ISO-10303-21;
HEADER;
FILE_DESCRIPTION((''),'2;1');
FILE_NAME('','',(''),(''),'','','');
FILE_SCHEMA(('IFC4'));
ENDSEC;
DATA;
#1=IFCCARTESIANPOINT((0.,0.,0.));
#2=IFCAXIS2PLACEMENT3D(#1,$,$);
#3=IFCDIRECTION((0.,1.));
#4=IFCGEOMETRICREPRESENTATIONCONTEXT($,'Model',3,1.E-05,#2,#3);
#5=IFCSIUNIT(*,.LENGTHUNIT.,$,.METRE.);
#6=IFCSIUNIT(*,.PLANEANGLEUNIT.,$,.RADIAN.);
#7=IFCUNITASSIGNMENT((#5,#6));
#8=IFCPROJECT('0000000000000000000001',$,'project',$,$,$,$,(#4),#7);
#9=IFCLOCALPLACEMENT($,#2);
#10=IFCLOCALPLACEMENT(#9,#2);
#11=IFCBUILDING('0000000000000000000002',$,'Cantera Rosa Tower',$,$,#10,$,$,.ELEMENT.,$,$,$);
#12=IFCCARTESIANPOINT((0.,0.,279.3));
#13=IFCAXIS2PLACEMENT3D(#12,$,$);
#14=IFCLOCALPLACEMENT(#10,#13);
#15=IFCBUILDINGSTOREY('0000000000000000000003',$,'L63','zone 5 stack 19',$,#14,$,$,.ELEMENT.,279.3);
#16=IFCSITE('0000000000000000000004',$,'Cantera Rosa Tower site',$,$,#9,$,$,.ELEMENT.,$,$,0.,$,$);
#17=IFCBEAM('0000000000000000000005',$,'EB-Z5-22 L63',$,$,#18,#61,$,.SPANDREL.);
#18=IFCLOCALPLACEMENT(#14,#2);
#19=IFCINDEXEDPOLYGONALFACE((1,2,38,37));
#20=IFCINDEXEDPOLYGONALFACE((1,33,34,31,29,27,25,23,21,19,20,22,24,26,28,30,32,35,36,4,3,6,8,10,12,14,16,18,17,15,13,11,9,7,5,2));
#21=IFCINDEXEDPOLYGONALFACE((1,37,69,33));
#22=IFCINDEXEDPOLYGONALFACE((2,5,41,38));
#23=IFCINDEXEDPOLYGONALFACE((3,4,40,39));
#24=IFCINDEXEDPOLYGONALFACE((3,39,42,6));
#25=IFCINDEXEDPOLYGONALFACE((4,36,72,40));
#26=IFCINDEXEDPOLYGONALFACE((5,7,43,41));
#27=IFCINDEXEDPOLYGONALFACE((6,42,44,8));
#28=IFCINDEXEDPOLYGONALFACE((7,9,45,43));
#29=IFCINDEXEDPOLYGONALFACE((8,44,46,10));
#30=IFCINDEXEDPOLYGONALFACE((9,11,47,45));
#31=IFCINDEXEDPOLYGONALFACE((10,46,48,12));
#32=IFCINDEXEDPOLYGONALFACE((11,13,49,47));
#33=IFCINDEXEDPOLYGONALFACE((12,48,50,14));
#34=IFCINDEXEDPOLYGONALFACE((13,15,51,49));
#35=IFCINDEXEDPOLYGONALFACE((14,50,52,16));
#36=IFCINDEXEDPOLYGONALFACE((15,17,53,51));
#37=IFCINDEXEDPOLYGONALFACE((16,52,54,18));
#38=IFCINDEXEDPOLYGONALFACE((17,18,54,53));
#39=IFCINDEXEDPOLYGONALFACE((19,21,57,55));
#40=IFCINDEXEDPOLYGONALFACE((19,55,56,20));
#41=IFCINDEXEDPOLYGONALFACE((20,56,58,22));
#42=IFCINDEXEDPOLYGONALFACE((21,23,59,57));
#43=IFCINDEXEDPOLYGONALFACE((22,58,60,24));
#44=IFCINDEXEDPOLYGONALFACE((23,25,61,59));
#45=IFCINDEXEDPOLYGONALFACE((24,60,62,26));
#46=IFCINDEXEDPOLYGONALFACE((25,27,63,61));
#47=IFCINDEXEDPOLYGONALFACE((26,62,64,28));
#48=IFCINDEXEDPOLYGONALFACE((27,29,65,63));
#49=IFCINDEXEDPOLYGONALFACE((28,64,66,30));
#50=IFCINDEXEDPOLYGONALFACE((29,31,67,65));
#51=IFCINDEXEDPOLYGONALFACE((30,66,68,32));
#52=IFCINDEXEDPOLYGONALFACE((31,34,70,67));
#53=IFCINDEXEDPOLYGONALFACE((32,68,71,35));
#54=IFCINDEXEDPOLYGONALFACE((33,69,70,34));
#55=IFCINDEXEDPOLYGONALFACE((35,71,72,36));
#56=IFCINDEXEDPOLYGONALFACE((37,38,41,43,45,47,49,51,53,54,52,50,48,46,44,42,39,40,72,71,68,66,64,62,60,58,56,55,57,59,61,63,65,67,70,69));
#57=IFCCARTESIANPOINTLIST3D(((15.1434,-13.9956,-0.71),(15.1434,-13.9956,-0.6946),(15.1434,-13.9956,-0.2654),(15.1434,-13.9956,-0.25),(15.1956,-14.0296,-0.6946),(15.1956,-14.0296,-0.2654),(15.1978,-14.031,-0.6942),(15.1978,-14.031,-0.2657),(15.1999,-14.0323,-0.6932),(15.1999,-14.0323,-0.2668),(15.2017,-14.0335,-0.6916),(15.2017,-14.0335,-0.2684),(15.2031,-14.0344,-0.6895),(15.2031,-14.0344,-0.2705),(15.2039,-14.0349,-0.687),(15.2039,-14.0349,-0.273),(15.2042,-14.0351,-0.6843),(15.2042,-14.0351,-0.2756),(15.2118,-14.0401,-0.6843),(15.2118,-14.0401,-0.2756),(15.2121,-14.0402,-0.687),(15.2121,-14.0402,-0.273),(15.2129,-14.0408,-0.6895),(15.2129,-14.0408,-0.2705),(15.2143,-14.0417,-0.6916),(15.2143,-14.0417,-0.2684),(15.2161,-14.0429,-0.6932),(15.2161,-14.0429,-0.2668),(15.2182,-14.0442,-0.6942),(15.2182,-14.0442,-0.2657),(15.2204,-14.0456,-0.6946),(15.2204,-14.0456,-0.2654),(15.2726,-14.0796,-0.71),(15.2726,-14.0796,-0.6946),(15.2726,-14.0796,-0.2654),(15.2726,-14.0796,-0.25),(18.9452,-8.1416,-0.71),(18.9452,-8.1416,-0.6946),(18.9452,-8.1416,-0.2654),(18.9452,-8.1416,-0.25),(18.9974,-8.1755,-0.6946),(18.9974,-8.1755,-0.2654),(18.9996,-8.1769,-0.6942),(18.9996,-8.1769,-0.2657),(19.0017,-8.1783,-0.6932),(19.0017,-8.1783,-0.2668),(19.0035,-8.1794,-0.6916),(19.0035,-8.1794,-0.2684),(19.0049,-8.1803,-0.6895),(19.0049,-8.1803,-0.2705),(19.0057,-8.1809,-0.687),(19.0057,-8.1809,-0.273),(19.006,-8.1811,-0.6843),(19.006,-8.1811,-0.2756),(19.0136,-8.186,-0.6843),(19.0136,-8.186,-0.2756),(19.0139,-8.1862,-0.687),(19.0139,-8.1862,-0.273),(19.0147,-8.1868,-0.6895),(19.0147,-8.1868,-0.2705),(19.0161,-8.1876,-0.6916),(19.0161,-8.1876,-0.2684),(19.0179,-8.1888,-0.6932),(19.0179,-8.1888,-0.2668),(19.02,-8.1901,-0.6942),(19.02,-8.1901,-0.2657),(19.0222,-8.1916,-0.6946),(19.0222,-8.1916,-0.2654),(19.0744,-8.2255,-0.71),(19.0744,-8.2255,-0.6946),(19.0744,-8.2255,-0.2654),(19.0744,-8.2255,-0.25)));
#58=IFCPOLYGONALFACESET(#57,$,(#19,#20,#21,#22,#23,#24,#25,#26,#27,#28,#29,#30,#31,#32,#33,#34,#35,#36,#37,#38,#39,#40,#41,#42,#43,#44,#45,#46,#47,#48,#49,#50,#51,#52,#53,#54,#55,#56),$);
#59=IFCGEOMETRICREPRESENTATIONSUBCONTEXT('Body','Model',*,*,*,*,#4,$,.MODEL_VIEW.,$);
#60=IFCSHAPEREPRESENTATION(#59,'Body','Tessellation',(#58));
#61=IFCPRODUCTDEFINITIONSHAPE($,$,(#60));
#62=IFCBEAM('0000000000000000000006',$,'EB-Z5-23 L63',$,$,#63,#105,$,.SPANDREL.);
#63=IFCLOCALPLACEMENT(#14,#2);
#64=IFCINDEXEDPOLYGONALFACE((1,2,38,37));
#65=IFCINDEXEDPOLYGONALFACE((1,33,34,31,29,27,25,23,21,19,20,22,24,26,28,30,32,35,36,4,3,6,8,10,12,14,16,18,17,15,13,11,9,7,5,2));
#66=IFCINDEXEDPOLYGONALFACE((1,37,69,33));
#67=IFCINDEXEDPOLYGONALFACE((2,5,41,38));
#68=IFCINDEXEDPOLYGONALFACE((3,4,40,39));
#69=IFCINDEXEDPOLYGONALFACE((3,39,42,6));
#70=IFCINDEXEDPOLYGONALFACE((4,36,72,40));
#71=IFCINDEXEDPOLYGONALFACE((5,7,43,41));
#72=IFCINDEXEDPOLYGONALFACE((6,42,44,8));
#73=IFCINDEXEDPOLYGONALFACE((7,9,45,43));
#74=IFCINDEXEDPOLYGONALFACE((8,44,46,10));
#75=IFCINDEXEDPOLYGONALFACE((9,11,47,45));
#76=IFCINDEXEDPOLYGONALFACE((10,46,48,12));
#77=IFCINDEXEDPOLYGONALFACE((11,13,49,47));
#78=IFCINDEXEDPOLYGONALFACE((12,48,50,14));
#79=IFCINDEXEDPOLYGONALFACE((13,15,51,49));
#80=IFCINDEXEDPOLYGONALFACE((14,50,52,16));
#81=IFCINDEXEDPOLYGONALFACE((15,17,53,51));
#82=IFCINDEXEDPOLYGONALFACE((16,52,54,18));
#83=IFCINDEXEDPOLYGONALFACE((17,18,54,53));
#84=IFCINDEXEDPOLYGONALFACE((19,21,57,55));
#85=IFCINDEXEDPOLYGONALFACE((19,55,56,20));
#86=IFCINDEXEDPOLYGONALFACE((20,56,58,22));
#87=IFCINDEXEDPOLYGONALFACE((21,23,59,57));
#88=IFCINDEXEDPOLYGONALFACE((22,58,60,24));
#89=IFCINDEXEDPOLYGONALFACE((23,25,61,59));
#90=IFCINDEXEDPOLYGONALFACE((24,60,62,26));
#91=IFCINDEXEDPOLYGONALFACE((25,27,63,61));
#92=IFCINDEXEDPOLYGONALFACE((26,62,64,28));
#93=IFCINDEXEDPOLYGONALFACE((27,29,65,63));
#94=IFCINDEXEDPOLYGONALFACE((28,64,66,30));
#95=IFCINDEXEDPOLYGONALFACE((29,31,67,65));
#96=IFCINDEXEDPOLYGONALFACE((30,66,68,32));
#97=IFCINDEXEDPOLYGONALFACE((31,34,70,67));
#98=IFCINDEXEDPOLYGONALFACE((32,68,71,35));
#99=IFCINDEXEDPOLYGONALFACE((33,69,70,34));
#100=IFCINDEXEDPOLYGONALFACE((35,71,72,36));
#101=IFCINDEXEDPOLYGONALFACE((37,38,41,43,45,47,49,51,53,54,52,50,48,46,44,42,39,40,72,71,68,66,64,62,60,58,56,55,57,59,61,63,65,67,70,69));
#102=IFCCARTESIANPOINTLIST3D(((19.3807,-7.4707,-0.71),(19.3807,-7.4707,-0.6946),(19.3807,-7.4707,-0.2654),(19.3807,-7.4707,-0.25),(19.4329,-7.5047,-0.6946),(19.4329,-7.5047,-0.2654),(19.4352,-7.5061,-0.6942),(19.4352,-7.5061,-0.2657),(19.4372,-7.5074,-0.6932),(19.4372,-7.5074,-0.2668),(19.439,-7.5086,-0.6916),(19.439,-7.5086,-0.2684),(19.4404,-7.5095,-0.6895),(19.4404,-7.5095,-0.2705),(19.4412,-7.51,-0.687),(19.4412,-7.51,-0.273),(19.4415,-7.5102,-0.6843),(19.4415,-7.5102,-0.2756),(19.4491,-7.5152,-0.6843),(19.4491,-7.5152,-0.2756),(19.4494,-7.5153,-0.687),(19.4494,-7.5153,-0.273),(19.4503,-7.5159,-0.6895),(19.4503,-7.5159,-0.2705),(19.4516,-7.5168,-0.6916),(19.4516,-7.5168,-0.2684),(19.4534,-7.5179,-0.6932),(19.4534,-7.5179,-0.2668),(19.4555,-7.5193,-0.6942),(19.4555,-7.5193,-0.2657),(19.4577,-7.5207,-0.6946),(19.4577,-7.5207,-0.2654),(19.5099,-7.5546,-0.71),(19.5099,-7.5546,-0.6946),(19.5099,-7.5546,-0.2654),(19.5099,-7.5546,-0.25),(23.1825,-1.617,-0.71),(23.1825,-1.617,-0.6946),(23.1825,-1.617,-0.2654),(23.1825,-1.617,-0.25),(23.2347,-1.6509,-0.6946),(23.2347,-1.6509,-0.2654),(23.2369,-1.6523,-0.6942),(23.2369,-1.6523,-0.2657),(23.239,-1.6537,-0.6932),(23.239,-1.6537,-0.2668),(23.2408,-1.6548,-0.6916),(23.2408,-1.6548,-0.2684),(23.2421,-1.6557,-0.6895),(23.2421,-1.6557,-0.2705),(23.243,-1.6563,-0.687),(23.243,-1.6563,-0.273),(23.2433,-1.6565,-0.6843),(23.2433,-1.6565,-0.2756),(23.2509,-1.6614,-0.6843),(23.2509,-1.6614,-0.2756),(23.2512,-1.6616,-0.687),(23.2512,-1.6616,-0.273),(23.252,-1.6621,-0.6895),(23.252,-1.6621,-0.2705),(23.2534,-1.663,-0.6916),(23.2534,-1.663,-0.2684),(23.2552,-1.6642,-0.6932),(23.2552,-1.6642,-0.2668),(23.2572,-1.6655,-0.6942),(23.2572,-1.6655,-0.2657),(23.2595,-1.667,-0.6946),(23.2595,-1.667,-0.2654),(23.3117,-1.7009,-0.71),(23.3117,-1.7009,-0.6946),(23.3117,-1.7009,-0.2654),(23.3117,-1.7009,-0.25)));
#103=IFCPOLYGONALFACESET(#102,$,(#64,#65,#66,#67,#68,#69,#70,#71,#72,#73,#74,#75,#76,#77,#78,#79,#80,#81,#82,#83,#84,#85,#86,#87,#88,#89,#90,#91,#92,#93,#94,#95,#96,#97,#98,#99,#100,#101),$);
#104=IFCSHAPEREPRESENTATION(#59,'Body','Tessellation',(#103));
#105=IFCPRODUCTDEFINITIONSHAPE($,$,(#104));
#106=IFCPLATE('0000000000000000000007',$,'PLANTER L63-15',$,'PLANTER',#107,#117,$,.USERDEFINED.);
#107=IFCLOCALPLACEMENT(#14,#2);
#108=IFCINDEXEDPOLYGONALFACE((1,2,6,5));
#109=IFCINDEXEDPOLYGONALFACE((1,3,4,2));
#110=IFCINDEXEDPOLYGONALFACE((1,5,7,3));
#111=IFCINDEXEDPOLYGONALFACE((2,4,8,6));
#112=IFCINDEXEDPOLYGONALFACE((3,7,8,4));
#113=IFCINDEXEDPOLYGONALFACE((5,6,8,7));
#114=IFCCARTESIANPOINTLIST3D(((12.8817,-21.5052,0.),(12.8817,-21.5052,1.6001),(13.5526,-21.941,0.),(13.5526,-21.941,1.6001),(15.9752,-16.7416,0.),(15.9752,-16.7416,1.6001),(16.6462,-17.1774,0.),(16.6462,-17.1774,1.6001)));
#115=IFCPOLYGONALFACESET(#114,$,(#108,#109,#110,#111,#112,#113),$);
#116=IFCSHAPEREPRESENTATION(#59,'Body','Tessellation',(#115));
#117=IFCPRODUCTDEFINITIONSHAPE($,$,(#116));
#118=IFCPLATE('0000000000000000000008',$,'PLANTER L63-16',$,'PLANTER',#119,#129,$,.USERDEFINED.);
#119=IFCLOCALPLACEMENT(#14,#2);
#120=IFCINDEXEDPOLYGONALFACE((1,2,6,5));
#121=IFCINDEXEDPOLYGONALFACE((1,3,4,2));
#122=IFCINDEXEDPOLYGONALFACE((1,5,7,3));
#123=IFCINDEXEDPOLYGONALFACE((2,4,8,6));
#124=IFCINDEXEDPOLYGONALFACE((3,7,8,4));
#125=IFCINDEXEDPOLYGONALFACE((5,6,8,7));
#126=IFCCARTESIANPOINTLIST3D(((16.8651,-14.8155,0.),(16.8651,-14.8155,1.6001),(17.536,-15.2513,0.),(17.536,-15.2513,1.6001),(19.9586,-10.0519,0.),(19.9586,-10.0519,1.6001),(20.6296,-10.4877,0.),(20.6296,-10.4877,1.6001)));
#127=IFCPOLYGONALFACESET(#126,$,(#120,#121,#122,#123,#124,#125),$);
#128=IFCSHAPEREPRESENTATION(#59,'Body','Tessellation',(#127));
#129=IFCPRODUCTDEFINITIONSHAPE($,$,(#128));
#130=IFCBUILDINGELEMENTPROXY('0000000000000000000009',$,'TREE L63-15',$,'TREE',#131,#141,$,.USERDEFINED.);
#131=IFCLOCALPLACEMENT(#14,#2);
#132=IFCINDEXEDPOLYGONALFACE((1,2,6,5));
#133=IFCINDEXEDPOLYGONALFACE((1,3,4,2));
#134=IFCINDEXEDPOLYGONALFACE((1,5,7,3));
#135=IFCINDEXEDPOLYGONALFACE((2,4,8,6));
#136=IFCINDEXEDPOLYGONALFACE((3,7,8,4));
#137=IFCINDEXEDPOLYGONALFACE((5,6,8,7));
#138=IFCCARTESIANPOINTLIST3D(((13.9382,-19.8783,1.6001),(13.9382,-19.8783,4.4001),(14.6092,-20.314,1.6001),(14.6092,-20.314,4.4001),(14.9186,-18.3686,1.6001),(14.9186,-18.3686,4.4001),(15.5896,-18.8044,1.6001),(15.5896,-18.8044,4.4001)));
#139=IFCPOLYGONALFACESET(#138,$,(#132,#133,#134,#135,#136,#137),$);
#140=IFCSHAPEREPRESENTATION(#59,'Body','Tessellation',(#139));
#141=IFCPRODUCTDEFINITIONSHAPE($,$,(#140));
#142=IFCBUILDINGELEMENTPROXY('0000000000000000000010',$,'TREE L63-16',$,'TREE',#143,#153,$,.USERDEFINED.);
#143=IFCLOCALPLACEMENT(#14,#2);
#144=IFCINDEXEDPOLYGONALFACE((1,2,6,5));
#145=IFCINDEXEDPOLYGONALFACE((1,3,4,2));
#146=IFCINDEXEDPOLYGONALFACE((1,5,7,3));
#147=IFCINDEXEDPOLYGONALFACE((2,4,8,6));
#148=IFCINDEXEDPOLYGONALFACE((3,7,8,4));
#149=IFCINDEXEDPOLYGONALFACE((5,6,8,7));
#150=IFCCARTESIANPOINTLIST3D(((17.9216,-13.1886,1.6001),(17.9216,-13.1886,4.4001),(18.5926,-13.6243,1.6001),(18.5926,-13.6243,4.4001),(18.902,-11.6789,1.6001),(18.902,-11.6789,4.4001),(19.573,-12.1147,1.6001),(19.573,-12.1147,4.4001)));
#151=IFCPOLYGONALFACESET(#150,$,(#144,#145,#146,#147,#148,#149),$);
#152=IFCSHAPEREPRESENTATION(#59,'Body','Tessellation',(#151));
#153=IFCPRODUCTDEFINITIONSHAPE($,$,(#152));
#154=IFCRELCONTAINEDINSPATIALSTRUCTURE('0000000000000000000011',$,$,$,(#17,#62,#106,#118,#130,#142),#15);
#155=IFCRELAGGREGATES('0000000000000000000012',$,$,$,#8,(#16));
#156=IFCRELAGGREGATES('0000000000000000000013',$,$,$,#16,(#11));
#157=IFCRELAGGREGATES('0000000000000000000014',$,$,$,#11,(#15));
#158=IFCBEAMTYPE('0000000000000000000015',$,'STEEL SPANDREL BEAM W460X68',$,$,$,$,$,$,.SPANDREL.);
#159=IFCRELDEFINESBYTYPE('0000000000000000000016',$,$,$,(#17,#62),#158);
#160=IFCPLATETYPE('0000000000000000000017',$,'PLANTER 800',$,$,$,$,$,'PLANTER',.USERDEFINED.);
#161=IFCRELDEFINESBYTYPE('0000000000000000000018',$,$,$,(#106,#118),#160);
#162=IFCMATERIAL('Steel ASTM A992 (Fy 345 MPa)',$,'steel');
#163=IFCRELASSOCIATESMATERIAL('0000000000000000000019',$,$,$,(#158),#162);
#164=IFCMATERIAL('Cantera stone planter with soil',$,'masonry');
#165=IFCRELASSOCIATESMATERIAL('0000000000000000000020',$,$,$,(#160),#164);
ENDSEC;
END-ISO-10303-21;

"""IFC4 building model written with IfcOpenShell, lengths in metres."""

from ifc_helpers import new_model, si_unit, direction, frame, origin, origin_2d, place, context, subcontext, project, spatial, rectangle, i_section, extrude, material, material_profile, profile_set, type_object, element, save


model = new_model("IFC4")

# Units and contexts
model_context = context("Model", 3, precision=1e-05, world=origin(), true_north=direction((0.0, 1.0)))
body_context = subcontext(model_context, "Body", "Model", "MODEL_VIEW")
ifc_project = project(units=[si_unit("LENGTHUNIT", "METRE"), si_unit("PLANEANGLEUNIT", "RADIAN")], contexts=[model_context])

# Site, building, storey
site_placement = place(None, origin())
site = spatial("IfcSite", under=ifc_project, at=site_placement, Name="Cantera Rosa Tower site", CompositionType="ELEMENT", RefElevation=0.0)
building_placement = place(site_placement, origin())
building = spatial("IfcBuilding", under=site, at=building_placement, Name="Cantera Rosa Tower", CompositionType="ELEMENT")
storey_placement = place(building_placement, frame((0.0, 0.0, 279.3)))
storey = spatial("IfcBuildingStorey", under=building, at=storey_placement, Name="L63", Description="zone 5 stack 19", CompositionType="ELEMENT", Elevation=279.3)

# Beams
ifc_material_1 = material(Name="Steel ASTM A992 (Fy 345 MPa)", Category="steel")
ifc_material_profile_1 = material_profile(ifc_material_1, i_section(OverallWidth=0.1541, OverallDepth=0.46, WebThickness=0.009, FlangeThickness=0.0154, FilletRadius=0.0103, at=origin_2d()), Name="W460X68")
ifc_profile_set_1 = profile_set([ifc_material_profile_1], Name="Steel ASTM A992 (Fy 345 MPa)")
beam_type_1 = type_object("IfcBeamType", Name="STEEL SPANDREL BEAM W460X68", PredefinedType="SPANDREL", material=ifc_profile_set_1)
beam_1_placement = place(storey_placement, frame((15.208, -14.0376, -0.48), z_axis=(0.544651, 0.838663, 0.0), x_axis=(-0.838663, 0.544651, 0.0)))
element("IfcBeam", 1, at=beam_1_placement, inside=storey, type_object=beam_type_1, Name="EB-Z5-22 L63", PredefinedType="SPANDREL", context=body_context, shape_type="SweptSolid", body=[
    extrude(i_section(OverallWidth=0.1541, OverallDepth=0.46, WebThickness=0.009, FlangeThickness=0.0154, FilletRadius=0.0103, at=origin_2d()), origin(), (0.0, 0.0, 1.0), 6.9802),
])
beam_2_placement = place(storey_placement, frame((19.4453, -7.5127, -0.48), z_axis=(0.544667, 0.838652, 0.0), x_axis=(-0.838652, 0.544667, 0.0)))
element("IfcBeam", 2, at=beam_2_placement, inside=storey, type_object=beam_type_1, Name="EB-Z5-23 L63", PredefinedType="SPANDREL", context=body_context, shape_type="SweptSolid", body=[
    extrude(i_section(OverallWidth=0.1541, OverallDepth=0.46, WebThickness=0.009, FlangeThickness=0.0154, FilletRadius=0.0103, at=origin_2d()), origin(), (0.0, 0.0, 1.0), 6.98),
])

# Plates
ifc_material_2 = material(Name="Cantera stone planter with soil", Category="masonry")
plate_type = type_object("IfcPlateType", Name="PLANTER 800", ElementType="PLANTER", PredefinedType="USERDEFINED", material=ifc_material_2)
for number, where, z_axis, x_axis, name in (
    (3, (14.7639, -19.3413, 0.0), (0.0, 0.0, 1.0), (0.544639, 0.838671, 0.0), "PLANTER L63-15"),
    (4, (18.7473, -12.6516, 0.0), (0.0, 0.0, 1.0), (0.544639, 0.838671, 0.0), "PLANTER L63-16"),
):
    element("IfcPlate", number, at=place(storey_placement, frame(where, z_axis=z_axis, x_axis=x_axis)), inside=storey, type_object=plate_type, Name=name, ObjectType="PLANTER", PredefinedType="USERDEFINED", context=body_context, shape_type="SweptSolid", body=[
        extrude(rectangle(XDim=5.6799, YDim=0.8, at=origin_2d()), origin(), (0.0, 0.0, 1.0), 1.6001),
    ])

# Building element proxies
for number, where, z_axis, x_axis, name in (
    (5, (14.7639, -19.3413, 1.6001), (0.0, 0.0, 1.0), (0.544639, 0.838671, 0.0), "TREE L63-15"),
    (6, (18.7473, -12.6516, 1.6001), (0.0, 0.0, 1.0), (0.544639, 0.838671, 0.0), "TREE L63-16"),
):
    element("IfcBuildingElementProxy", number, at=place(storey_placement, frame(where, z_axis=z_axis, x_axis=x_axis)), inside=storey, Name=name, ObjectType="TREE", PredefinedType="USERDEFINED", context=body_context, shape_type="SweptSolid", body=[
        extrude(rectangle(XDim=1.8, YDim=0.8, at=origin_2d()), origin(), (0.0, 0.0, 1.0), 2.8),
    ])

save(model, "model.ifc")
